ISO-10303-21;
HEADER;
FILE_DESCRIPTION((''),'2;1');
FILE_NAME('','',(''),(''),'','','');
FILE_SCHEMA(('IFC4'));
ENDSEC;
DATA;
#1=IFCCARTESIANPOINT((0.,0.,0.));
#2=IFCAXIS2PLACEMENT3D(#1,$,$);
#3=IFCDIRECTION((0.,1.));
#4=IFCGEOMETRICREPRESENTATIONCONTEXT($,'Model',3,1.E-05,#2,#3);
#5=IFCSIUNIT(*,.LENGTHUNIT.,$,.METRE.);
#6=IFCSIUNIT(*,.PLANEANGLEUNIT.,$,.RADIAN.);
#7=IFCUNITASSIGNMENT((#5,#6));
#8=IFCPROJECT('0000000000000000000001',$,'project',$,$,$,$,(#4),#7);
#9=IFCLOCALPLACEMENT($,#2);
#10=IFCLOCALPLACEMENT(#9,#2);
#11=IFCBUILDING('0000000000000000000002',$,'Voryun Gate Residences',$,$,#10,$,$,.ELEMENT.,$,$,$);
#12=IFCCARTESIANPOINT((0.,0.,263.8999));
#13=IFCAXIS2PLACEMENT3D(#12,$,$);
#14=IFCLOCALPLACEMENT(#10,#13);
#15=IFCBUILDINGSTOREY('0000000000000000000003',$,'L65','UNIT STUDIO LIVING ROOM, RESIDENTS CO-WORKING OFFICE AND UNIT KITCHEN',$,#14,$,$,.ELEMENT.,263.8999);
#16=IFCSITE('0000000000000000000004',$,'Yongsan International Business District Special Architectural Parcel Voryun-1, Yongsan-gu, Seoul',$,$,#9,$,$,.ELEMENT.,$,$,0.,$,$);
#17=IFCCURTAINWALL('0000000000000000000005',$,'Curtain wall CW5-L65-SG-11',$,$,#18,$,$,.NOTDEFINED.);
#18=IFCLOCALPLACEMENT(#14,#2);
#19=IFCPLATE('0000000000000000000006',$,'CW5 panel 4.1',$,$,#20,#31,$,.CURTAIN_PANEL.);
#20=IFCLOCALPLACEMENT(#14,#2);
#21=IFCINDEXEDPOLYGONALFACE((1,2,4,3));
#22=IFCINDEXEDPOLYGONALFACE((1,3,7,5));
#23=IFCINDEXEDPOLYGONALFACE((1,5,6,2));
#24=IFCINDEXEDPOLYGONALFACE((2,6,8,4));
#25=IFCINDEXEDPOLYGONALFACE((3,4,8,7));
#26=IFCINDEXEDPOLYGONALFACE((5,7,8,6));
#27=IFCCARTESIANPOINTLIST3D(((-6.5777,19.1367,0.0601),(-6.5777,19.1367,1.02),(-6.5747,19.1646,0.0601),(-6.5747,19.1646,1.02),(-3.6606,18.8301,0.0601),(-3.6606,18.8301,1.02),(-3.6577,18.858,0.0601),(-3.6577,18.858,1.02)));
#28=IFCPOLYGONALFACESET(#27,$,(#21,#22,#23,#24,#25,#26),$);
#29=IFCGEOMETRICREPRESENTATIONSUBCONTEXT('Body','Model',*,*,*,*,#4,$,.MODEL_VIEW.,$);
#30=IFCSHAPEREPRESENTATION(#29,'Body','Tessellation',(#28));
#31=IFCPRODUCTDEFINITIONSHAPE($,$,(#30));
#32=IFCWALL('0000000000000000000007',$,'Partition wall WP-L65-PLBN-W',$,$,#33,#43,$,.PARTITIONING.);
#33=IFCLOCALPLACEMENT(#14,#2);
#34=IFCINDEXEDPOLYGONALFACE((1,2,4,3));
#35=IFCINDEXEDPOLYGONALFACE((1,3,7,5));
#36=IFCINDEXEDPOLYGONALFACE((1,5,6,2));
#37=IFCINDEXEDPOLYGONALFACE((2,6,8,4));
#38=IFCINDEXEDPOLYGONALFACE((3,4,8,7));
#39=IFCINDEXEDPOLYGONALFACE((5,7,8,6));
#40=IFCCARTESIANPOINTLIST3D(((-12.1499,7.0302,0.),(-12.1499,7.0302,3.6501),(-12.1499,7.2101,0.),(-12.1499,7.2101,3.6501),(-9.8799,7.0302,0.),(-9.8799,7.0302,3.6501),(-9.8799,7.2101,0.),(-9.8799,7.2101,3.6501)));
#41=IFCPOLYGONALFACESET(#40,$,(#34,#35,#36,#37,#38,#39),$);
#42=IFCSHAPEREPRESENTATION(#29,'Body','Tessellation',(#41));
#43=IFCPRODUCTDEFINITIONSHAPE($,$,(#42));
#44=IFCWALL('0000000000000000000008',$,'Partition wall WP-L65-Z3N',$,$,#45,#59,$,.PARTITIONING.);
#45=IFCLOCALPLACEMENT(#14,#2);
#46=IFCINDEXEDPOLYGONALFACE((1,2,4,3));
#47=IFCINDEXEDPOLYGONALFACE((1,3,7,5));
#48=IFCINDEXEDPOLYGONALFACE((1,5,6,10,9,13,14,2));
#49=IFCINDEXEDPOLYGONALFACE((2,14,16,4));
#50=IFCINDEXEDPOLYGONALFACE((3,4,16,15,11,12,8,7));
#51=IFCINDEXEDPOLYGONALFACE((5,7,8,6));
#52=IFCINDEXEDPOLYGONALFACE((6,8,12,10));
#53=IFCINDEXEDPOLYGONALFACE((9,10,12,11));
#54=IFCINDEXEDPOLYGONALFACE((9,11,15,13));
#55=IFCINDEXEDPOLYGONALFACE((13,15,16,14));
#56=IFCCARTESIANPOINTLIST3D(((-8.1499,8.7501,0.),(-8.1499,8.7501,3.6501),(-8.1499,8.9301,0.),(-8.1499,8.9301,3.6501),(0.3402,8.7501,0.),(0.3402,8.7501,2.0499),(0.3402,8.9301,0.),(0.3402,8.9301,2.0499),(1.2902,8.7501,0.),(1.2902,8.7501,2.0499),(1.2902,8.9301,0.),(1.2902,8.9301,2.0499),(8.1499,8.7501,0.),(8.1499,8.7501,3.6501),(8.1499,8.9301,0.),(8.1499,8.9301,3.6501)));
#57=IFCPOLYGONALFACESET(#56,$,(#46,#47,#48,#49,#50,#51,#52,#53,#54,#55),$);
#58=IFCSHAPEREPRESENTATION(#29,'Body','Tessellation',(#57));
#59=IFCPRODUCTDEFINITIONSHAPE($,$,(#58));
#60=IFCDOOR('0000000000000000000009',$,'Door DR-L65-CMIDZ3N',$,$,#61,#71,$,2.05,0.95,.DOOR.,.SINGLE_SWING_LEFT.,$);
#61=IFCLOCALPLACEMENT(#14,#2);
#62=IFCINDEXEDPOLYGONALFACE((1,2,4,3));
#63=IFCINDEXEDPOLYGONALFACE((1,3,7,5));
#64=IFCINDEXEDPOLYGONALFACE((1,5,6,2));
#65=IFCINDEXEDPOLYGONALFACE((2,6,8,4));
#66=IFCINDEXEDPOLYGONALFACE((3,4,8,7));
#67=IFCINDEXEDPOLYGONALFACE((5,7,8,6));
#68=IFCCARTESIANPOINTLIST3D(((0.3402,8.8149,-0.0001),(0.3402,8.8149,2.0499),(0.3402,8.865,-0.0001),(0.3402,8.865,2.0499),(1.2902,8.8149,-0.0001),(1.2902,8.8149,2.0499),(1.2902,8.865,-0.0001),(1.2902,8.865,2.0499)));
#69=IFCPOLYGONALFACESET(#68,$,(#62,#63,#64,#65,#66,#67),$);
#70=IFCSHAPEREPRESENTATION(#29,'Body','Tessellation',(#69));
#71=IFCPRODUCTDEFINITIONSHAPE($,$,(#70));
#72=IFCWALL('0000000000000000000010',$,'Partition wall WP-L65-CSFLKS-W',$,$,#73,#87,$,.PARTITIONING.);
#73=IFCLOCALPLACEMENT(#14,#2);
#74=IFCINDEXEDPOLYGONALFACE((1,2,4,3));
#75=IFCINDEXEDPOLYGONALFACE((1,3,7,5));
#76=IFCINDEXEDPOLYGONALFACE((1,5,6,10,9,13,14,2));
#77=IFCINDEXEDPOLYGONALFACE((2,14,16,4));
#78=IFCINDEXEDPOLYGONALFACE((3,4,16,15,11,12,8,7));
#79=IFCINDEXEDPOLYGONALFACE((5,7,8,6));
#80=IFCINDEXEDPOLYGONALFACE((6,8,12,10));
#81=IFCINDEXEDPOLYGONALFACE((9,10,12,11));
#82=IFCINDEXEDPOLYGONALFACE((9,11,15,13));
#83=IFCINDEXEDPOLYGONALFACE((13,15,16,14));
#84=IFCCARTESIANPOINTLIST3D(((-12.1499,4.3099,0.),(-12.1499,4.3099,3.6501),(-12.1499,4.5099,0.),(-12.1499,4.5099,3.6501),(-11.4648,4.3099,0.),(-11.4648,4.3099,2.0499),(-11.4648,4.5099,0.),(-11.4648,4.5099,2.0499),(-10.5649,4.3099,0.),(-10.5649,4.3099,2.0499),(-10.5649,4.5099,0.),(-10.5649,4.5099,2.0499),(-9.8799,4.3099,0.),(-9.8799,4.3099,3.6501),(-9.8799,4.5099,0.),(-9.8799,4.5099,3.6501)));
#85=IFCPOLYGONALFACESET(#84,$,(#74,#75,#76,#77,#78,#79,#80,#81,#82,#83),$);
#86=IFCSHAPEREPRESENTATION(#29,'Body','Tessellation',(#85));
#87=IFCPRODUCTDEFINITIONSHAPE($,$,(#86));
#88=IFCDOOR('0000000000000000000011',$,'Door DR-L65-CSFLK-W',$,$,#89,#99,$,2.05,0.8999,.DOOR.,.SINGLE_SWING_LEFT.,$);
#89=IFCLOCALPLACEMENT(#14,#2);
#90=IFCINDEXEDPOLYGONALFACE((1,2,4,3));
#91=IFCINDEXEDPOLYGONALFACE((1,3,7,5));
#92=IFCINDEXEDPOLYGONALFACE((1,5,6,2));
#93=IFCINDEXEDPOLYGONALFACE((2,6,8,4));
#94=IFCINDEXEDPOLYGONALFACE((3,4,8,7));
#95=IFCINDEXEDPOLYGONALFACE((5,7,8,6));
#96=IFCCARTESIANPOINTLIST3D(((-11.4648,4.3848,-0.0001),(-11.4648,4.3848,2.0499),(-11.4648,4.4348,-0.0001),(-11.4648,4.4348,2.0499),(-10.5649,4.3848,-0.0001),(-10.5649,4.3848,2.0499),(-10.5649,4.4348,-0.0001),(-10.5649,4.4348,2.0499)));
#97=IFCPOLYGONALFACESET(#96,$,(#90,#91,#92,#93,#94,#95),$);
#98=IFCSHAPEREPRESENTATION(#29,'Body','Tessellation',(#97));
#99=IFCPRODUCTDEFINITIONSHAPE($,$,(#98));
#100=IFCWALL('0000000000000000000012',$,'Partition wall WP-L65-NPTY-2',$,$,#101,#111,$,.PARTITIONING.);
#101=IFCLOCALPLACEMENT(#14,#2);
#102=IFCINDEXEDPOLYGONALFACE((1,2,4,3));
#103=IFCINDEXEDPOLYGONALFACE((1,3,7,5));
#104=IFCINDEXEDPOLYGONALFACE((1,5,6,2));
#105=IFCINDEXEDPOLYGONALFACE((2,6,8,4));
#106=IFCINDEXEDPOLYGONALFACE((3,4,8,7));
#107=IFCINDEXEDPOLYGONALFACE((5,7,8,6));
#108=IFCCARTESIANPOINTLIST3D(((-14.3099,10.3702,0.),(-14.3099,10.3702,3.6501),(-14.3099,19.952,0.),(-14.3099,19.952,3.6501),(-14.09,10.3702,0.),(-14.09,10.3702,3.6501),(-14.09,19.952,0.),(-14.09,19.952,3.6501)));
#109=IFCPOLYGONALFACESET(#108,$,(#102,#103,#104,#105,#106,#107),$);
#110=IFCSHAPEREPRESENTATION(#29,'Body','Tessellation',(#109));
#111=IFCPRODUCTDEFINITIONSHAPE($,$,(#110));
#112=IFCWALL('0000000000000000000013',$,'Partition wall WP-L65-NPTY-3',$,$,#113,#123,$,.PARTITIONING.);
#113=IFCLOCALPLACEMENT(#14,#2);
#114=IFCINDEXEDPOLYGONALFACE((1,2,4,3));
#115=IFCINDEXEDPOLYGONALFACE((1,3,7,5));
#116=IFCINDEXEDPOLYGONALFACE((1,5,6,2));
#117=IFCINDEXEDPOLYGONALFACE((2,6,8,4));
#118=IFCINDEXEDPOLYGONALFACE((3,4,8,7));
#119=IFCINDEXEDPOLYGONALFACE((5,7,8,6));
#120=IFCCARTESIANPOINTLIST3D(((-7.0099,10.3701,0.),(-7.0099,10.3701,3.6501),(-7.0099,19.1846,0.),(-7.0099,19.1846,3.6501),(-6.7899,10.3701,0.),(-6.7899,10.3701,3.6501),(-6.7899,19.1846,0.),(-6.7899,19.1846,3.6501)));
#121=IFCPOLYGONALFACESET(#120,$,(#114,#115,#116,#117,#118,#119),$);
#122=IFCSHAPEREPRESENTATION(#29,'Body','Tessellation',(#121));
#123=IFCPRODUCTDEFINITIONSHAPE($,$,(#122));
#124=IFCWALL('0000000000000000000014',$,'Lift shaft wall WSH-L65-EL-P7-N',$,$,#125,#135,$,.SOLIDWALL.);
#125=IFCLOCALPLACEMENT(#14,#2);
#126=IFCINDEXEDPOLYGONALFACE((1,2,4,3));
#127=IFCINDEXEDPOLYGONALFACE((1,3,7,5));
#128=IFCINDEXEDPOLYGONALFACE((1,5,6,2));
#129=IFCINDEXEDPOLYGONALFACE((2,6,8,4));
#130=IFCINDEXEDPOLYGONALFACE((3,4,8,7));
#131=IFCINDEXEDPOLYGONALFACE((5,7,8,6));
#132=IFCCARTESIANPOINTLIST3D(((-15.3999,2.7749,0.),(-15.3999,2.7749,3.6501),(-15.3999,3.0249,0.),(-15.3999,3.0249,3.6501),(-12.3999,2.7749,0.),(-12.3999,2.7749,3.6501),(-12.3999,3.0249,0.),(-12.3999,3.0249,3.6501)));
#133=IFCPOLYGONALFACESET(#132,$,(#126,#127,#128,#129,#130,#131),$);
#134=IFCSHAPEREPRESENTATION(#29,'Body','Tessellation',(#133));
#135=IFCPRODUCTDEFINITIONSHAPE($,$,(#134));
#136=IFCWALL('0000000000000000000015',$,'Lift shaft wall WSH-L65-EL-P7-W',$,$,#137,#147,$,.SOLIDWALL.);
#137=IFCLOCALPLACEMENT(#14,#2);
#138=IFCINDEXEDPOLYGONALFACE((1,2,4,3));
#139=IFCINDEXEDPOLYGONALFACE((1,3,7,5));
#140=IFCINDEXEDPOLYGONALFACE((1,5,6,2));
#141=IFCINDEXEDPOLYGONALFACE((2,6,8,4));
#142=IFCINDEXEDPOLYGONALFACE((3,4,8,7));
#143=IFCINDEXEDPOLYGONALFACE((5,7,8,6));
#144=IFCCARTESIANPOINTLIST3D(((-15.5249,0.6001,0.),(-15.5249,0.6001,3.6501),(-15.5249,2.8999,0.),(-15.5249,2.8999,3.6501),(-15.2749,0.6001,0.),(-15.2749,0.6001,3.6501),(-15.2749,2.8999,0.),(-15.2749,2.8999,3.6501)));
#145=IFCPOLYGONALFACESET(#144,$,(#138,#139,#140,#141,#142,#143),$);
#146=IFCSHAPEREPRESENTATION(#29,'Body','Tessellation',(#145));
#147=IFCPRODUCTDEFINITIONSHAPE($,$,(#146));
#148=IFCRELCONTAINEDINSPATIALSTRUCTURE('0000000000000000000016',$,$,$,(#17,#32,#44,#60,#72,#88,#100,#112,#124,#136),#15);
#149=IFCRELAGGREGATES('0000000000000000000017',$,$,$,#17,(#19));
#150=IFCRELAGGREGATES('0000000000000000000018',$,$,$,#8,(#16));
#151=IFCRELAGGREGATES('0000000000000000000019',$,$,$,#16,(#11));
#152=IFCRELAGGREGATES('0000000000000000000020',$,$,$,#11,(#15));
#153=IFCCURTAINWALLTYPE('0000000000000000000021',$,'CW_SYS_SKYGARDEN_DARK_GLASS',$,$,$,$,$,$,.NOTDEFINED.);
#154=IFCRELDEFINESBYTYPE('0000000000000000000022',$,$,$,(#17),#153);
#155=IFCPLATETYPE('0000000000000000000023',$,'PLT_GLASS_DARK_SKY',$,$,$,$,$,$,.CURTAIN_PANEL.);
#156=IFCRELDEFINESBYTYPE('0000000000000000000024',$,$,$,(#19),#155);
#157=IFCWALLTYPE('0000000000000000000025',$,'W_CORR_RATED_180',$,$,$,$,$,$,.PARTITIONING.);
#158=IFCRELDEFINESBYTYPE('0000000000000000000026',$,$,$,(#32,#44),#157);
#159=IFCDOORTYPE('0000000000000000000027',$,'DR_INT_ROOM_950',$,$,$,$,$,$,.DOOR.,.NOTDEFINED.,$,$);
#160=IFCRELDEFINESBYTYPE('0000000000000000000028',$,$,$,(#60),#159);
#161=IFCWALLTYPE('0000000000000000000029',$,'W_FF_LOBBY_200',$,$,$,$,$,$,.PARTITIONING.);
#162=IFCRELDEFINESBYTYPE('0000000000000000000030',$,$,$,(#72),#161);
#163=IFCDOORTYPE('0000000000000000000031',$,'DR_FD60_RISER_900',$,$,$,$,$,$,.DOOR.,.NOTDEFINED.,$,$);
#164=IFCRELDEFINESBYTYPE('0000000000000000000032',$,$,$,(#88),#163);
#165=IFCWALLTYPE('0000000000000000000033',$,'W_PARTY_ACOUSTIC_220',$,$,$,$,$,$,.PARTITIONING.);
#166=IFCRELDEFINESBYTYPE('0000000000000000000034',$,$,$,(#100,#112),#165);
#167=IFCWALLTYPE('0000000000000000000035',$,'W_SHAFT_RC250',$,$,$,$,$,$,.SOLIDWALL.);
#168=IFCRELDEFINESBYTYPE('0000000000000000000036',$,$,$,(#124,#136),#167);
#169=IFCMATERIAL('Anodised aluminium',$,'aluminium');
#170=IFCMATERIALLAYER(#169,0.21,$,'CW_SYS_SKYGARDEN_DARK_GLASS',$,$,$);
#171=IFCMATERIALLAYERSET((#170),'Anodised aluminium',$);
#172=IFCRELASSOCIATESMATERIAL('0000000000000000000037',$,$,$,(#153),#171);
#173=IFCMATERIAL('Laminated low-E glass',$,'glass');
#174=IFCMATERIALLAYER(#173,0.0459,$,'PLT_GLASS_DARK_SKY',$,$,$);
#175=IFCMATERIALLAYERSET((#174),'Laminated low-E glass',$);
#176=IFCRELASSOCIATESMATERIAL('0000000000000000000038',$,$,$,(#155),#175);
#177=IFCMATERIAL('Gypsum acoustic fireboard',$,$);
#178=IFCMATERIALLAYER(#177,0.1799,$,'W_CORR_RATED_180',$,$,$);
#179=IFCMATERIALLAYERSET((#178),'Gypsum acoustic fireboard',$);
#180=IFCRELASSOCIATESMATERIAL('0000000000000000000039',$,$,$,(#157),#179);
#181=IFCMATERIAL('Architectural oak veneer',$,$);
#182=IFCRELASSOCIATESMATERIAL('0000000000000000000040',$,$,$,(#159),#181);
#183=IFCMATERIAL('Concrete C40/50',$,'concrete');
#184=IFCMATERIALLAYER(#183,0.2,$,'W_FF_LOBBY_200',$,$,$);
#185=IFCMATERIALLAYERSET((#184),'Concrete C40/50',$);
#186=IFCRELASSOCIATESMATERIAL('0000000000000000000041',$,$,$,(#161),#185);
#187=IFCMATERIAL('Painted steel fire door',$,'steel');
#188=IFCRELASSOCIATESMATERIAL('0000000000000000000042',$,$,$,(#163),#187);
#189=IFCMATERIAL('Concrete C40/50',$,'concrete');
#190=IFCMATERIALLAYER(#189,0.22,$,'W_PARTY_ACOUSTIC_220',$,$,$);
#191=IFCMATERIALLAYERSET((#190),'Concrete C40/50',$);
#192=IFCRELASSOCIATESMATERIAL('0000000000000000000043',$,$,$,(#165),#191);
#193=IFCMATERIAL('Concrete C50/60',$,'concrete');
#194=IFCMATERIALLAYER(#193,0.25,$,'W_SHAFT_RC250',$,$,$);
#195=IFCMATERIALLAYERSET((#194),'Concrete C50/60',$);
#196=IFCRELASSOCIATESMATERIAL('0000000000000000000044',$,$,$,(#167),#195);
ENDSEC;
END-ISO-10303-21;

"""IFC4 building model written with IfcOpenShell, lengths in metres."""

from ifc_helpers import new_model, si_unit, direction, frame, frame_2d, origin, origin_2d, place, context, subcontext, project, spatial, rectangle, extrude, material, layer, layer_set, type_object, element, fill, aggregate, save


model = new_model("IFC4")

# Units and contexts
model_context = context("Model", 3, precision=1e-05, world=origin(), true_north=direction((0.0, 1.0)))
body_context = subcontext(model_context, "Body", "Model", "MODEL_VIEW")
ifc_project = project(units=[si_unit("LENGTHUNIT", "METRE"), si_unit("PLANEANGLEUNIT", "RADIAN")], contexts=[model_context])

# Site, building, storey
site_placement = place(None, origin())
site = spatial("IfcSite", under=ifc_project, at=site_placement, Name="Yongsan International Business District Special Architectural Parcel Voryun-1, Yongsan-gu, Seoul", CompositionType="ELEMENT", RefElevation=0.0)
building_placement = place(site_placement, origin())
building = spatial("IfcBuilding", under=site, at=building_placement, Name="Voryun Gate Residences", CompositionType="ELEMENT")
storey_placement = place(building_placement, frame((0.0, 0.0, 263.8999)))
storey = spatial("IfcBuildingStorey", under=building, at=storey_placement, Name="L65", Description="UNIT STUDIO LIVING ROOM, RESIDENTS CO-WORKING OFFICE AND UNIT KITCHEN", CompositionType="ELEMENT", Elevation=263.8999)

# Curtain wall, plate
ifc_material_1 = material(Name="Anodised aluminium", Category="aluminium")
ifc_layer_1 = layer(ifc_material_1, 0.21, Name="CW_SYS_SKYGARDEN_DARK_GLASS")
ifc_layer_set_1 = layer_set([ifc_layer_1], Name="Anodised aluminium")
curtain_wall_type = type_object("IfcCurtainWallType", Name="CW_SYS_SKYGARDEN_DARK_GLASS", PredefinedType="NOTDEFINED", material=ifc_layer_set_1)
curtain_wall_placement = place(storey_placement, origin())
curtain_wall = element("IfcCurtainWall", 1, at=curtain_wall_placement, inside=storey, type_object=curtain_wall_type, Name="Curtain wall CW5-L65-SG-11", PredefinedType="NOTDEFINED")
ifc_material_2 = material(Name="Laminated low-E glass", Category="glass")
ifc_layer_2 = layer(ifc_material_2, 0.0459, Name="PLT_GLASS_DARK_SKY")
ifc_layer_set_2 = layer_set([ifc_layer_2], Name="Laminated low-E glass")
plate_type = type_object("IfcPlateType", Name="PLT_GLASS_DARK_SKY", PredefinedType="CURTAIN_PANEL", material=ifc_layer_set_2)
plate_placement = place(storey_placement, frame((-5.1177, 18.9973, 0.0601), z_axis=(0.0, 0.0, 1.0), x_axis=(0.994521, -0.104532, 0.0)))
plate = element("IfcPlate", 2, at=plate_placement, type_object=plate_type, Name="CW5 panel 4.1", PredefinedType="CURTAIN_PANEL", context=body_context, shape_type="SweptSolid", body=[
    extrude(rectangle(XDim=2.9331, YDim=0.0281, at=origin_2d()), origin(), (0.0, 0.0, 1.0), 0.96),
])
aggregate(curtain_wall, [plate])

# Wall
ifc_material_3 = material(Name="Gypsum acoustic fireboard")
ifc_layer_3 = layer(ifc_material_3, 0.1799, Name="W_CORR_RATED_180")
ifc_layer_set_3 = layer_set([ifc_layer_3], Name="Gypsum acoustic fireboard")
wall_type_1 = type_object("IfcWallType", Name="W_CORR_RATED_180", PredefinedType="PARTITIONING", material=ifc_layer_set_3)
wall_1_placement = place(storey_placement, frame((-12.1499, 7.1201, 0.0), z_axis=(0.0, 0.0, 1.0), x_axis=(1.0, 0.0, 0.0)))
element("IfcWall", 3, at=wall_1_placement, inside=storey, type_object=wall_type_1, Name="Partition wall WP-L65-PLBN-W", PredefinedType="PARTITIONING", context=body_context, shape_type="SweptSolid", body=[
    extrude(rectangle(XDim=2.27, YDim=0.1799, at=frame_2d((1.135, 0.0))), origin(), (0.0, 0.0, 1.0), 3.6501),
])

# Walls, openings, doors
wall_2_placement = place(storey_placement, frame((-8.1499, 8.8401, 0.0), z_axis=(0.0, 0.0, 1.0), x_axis=(1.0, 0.0, 0.0)))
wall_2 = element("IfcWall", 4, at=wall_2_placement, inside=storey, type_object=wall_type_1, Name="Partition wall WP-L65-Z3N", PredefinedType="PARTITIONING", context=body_context, shape_type="SweptSolid", body=[
    extrude(rectangle(XDim=16.2998, YDim=0.1799, at=frame_2d((8.1499, 0.0))), origin(), (0.0, 0.0, 1.0), 3.6501),
])
opening_1_placement = place(wall_2_placement, frame((8.49, 0.0, 0.0)))
opening_1 = element("IfcOpeningElement", 5, at=opening_1_placement, cuts=wall_2, PredefinedType="OPENING", context=body_context, shape_type="SweptSolid", body=[
    extrude(rectangle(XDim=0.95, YDim=2.05, at=frame_2d((0.4751, 1.0249))), frame((0.0, 0.0999, 0.0), z_axis=(0.0, -1.0, 0.0), x_axis=(1.0, 0.0, 0.0)), (0.0, 0.0, 1.0), 0.2),
])
ifc_material_4 = material(Name="Architectural oak veneer")
door_type_1 = type_object("IfcDoorType", Name="DR_INT_ROOM_950", OperationType="NOTDEFINED", PredefinedType="DOOR", material=ifc_material_4)
door_1_placement = place(opening_1_placement, origin())
door_1 = element("IfcDoor", 6, at=door_1_placement, inside=storey, type_object=door_type_1, Name="Door DR-L65-CMIDZ3N", OperationType="SINGLE_SWING_LEFT", OverallHeight=2.05, OverallWidth=0.95, PredefinedType="DOOR", context=body_context, shape_type="SweptSolid", body=[
    extrude(rectangle(XDim=0.95, YDim=2.05, at=frame_2d((0.4751, 1.0249))), frame((0.0, 0.0249, 0.0), z_axis=(0.0, -1.0, 0.0), x_axis=(1.0, 0.0, 0.0)), (0.0, 0.0, 1.0), 0.05),
])
fill(opening_1, door_1)
ifc_material_5 = material(Name="Concrete C40/50", Category="concrete")
ifc_layer_4 = layer(ifc_material_5, 0.2, Name="W_FF_LOBBY_200")
ifc_layer_set_4 = layer_set([ifc_layer_4], Name="Concrete C40/50")
wall_type_2 = type_object("IfcWallType", Name="W_FF_LOBBY_200", PredefinedType="PARTITIONING", material=ifc_layer_set_4)
wall_3_placement = place(storey_placement, frame((-12.1499, 4.4099, 0.0), z_axis=(0.0, 0.0, 1.0), x_axis=(1.0, 0.0, 0.0)))
wall_3 = element("IfcWall", 7, at=wall_3_placement, inside=storey, type_object=wall_type_2, Name="Partition wall WP-L65-CSFLKS-W", PredefinedType="PARTITIONING", context=body_context, shape_type="SweptSolid", body=[
    extrude(rectangle(XDim=2.27, YDim=0.2, at=frame_2d((1.135, 0.0))), origin(), (0.0, 0.0, 1.0), 3.6501),
])
opening_2_placement = place(wall_3_placement, frame((0.6851, 0.0, 0.0)))
opening_2 = element("IfcOpeningElement", 8, at=opening_2_placement, cuts=wall_3, PredefinedType="OPENING", context=body_context, shape_type="SweptSolid", body=[
    extrude(rectangle(XDim=0.8999, YDim=2.05, at=frame_2d((0.45, 1.0249))), frame((0.0, 0.1101, 0.0), z_axis=(0.0, -1.0, 0.0), x_axis=(1.0, 0.0, 0.0)), (0.0, 0.0, 1.0), 0.22),
])
ifc_material_6 = material(Name="Painted steel fire door", Category="steel")
door_type_2 = type_object("IfcDoorType", Name="DR_FD60_RISER_900", OperationType="NOTDEFINED", PredefinedType="DOOR", material=ifc_material_6)
door_2_placement = place(opening_2_placement, origin())
door_2 = element("IfcDoor", 9, at=door_2_placement, inside=storey, type_object=door_type_2, Name="Door DR-L65-CSFLK-W", OperationType="SINGLE_SWING_LEFT", OverallHeight=2.05, OverallWidth=0.8999, PredefinedType="DOOR", context=body_context, shape_type="SweptSolid", body=[
    extrude(rectangle(XDim=0.8999, YDim=2.05, at=frame_2d((0.45, 1.0249))), frame((0.0, 0.0249, 0.0), z_axis=(0.0, -1.0, 0.0), x_axis=(1.0, 0.0, 0.0)), (0.0, 0.0, 1.0), 0.05),
])
fill(opening_2, door_2)

# Walls
ifc_material_7 = material(Name="Concrete C40/50", Category="concrete")
ifc_layer_5 = layer(ifc_material_7, 0.22, Name="W_PARTY_ACOUSTIC_220")
ifc_layer_set_5 = layer_set([ifc_layer_5], Name="Concrete C40/50")
wall_type_3 = type_object("IfcWallType", Name="W_PARTY_ACOUSTIC_220", PredefinedType="PARTITIONING", material=ifc_layer_set_5)
wall_4_placement = place(storey_placement, frame((-14.2, 10.3701, 0.0), z_axis=(0.0, 0.0, 1.0), x_axis=(0.0, 1.0, 0.0)))
element("IfcWall", 10, at=wall_4_placement, inside=storey, type_object=wall_type_3, Name="Partition wall WP-L65-NPTY-2", PredefinedType="PARTITIONING", context=body_context, shape_type="SweptSolid", body=[
    extrude(rectangle(XDim=9.5818, YDim=0.22, at=frame_2d((4.791, 0.0))), origin(), (0.0, 0.0, 1.0), 3.6501),
])
wall_5_placement = place(storey_placement, frame((-6.8999, 10.3701, 0.0), z_axis=(0.0, 0.0, 1.0), x_axis=(0.0, 1.0, 0.0)))
element("IfcWall", 11, at=wall_5_placement, inside=storey, type_object=wall_type_3, Name="Partition wall WP-L65-NPTY-3", PredefinedType="PARTITIONING", context=body_context, shape_type="SweptSolid", body=[
    extrude(rectangle(XDim=8.8145, YDim=0.22, at=frame_2d((4.4072, 0.0))), origin(), (0.0, 0.0, 1.0), 3.6501),
])
ifc_material_8 = material(Name="Concrete C50/60", Category="concrete")
ifc_layer_6 = layer(ifc_material_8, 0.25, Name="W_SHAFT_RC250")
ifc_layer_set_6 = layer_set([ifc_layer_6], Name="Concrete C50/60")
wall_type_4 = type_object("IfcWallType", Name="W_SHAFT_RC250", PredefinedType="SOLIDWALL", material=ifc_layer_set_6)
wall_6_placement = place(storey_placement, frame((-12.3999, 2.8999, 0.0), z_axis=(0.0, 0.0, 1.0), x_axis=(-1.0, 0.0, 0.0)))
element("IfcWall", 12, at=wall_6_placement, inside=storey, type_object=wall_type_4, Name="Lift shaft wall WSH-L65-EL-P7-N", PredefinedType="SOLIDWALL", context=body_context, shape_type="SweptSolid", body=[
    extrude(rectangle(XDim=3.0, YDim=0.25, at=frame_2d((1.5, 0.0))), origin(), (0.0, 0.0, 1.0), 3.6501),
])
wall_7_placement = place(storey_placement, frame((-15.3999, 2.8999, 0.0), z_axis=(0.0, 0.0, 1.0), x_axis=(0.0, -1.0, 0.0)))
element("IfcWall", 13, at=wall_7_placement, inside=storey, type_object=wall_type_4, Name="Lift shaft wall WSH-L65-EL-P7-W", PredefinedType="SOLIDWALL", context=body_context, shape_type="SweptSolid", body=[
    extrude(rectangle(XDim=2.2998, YDim=0.25, at=frame_2d((1.1499, 0.0))), origin(), (0.0, 0.0, 1.0), 3.6501),
])

save(model, "model.ifc")
